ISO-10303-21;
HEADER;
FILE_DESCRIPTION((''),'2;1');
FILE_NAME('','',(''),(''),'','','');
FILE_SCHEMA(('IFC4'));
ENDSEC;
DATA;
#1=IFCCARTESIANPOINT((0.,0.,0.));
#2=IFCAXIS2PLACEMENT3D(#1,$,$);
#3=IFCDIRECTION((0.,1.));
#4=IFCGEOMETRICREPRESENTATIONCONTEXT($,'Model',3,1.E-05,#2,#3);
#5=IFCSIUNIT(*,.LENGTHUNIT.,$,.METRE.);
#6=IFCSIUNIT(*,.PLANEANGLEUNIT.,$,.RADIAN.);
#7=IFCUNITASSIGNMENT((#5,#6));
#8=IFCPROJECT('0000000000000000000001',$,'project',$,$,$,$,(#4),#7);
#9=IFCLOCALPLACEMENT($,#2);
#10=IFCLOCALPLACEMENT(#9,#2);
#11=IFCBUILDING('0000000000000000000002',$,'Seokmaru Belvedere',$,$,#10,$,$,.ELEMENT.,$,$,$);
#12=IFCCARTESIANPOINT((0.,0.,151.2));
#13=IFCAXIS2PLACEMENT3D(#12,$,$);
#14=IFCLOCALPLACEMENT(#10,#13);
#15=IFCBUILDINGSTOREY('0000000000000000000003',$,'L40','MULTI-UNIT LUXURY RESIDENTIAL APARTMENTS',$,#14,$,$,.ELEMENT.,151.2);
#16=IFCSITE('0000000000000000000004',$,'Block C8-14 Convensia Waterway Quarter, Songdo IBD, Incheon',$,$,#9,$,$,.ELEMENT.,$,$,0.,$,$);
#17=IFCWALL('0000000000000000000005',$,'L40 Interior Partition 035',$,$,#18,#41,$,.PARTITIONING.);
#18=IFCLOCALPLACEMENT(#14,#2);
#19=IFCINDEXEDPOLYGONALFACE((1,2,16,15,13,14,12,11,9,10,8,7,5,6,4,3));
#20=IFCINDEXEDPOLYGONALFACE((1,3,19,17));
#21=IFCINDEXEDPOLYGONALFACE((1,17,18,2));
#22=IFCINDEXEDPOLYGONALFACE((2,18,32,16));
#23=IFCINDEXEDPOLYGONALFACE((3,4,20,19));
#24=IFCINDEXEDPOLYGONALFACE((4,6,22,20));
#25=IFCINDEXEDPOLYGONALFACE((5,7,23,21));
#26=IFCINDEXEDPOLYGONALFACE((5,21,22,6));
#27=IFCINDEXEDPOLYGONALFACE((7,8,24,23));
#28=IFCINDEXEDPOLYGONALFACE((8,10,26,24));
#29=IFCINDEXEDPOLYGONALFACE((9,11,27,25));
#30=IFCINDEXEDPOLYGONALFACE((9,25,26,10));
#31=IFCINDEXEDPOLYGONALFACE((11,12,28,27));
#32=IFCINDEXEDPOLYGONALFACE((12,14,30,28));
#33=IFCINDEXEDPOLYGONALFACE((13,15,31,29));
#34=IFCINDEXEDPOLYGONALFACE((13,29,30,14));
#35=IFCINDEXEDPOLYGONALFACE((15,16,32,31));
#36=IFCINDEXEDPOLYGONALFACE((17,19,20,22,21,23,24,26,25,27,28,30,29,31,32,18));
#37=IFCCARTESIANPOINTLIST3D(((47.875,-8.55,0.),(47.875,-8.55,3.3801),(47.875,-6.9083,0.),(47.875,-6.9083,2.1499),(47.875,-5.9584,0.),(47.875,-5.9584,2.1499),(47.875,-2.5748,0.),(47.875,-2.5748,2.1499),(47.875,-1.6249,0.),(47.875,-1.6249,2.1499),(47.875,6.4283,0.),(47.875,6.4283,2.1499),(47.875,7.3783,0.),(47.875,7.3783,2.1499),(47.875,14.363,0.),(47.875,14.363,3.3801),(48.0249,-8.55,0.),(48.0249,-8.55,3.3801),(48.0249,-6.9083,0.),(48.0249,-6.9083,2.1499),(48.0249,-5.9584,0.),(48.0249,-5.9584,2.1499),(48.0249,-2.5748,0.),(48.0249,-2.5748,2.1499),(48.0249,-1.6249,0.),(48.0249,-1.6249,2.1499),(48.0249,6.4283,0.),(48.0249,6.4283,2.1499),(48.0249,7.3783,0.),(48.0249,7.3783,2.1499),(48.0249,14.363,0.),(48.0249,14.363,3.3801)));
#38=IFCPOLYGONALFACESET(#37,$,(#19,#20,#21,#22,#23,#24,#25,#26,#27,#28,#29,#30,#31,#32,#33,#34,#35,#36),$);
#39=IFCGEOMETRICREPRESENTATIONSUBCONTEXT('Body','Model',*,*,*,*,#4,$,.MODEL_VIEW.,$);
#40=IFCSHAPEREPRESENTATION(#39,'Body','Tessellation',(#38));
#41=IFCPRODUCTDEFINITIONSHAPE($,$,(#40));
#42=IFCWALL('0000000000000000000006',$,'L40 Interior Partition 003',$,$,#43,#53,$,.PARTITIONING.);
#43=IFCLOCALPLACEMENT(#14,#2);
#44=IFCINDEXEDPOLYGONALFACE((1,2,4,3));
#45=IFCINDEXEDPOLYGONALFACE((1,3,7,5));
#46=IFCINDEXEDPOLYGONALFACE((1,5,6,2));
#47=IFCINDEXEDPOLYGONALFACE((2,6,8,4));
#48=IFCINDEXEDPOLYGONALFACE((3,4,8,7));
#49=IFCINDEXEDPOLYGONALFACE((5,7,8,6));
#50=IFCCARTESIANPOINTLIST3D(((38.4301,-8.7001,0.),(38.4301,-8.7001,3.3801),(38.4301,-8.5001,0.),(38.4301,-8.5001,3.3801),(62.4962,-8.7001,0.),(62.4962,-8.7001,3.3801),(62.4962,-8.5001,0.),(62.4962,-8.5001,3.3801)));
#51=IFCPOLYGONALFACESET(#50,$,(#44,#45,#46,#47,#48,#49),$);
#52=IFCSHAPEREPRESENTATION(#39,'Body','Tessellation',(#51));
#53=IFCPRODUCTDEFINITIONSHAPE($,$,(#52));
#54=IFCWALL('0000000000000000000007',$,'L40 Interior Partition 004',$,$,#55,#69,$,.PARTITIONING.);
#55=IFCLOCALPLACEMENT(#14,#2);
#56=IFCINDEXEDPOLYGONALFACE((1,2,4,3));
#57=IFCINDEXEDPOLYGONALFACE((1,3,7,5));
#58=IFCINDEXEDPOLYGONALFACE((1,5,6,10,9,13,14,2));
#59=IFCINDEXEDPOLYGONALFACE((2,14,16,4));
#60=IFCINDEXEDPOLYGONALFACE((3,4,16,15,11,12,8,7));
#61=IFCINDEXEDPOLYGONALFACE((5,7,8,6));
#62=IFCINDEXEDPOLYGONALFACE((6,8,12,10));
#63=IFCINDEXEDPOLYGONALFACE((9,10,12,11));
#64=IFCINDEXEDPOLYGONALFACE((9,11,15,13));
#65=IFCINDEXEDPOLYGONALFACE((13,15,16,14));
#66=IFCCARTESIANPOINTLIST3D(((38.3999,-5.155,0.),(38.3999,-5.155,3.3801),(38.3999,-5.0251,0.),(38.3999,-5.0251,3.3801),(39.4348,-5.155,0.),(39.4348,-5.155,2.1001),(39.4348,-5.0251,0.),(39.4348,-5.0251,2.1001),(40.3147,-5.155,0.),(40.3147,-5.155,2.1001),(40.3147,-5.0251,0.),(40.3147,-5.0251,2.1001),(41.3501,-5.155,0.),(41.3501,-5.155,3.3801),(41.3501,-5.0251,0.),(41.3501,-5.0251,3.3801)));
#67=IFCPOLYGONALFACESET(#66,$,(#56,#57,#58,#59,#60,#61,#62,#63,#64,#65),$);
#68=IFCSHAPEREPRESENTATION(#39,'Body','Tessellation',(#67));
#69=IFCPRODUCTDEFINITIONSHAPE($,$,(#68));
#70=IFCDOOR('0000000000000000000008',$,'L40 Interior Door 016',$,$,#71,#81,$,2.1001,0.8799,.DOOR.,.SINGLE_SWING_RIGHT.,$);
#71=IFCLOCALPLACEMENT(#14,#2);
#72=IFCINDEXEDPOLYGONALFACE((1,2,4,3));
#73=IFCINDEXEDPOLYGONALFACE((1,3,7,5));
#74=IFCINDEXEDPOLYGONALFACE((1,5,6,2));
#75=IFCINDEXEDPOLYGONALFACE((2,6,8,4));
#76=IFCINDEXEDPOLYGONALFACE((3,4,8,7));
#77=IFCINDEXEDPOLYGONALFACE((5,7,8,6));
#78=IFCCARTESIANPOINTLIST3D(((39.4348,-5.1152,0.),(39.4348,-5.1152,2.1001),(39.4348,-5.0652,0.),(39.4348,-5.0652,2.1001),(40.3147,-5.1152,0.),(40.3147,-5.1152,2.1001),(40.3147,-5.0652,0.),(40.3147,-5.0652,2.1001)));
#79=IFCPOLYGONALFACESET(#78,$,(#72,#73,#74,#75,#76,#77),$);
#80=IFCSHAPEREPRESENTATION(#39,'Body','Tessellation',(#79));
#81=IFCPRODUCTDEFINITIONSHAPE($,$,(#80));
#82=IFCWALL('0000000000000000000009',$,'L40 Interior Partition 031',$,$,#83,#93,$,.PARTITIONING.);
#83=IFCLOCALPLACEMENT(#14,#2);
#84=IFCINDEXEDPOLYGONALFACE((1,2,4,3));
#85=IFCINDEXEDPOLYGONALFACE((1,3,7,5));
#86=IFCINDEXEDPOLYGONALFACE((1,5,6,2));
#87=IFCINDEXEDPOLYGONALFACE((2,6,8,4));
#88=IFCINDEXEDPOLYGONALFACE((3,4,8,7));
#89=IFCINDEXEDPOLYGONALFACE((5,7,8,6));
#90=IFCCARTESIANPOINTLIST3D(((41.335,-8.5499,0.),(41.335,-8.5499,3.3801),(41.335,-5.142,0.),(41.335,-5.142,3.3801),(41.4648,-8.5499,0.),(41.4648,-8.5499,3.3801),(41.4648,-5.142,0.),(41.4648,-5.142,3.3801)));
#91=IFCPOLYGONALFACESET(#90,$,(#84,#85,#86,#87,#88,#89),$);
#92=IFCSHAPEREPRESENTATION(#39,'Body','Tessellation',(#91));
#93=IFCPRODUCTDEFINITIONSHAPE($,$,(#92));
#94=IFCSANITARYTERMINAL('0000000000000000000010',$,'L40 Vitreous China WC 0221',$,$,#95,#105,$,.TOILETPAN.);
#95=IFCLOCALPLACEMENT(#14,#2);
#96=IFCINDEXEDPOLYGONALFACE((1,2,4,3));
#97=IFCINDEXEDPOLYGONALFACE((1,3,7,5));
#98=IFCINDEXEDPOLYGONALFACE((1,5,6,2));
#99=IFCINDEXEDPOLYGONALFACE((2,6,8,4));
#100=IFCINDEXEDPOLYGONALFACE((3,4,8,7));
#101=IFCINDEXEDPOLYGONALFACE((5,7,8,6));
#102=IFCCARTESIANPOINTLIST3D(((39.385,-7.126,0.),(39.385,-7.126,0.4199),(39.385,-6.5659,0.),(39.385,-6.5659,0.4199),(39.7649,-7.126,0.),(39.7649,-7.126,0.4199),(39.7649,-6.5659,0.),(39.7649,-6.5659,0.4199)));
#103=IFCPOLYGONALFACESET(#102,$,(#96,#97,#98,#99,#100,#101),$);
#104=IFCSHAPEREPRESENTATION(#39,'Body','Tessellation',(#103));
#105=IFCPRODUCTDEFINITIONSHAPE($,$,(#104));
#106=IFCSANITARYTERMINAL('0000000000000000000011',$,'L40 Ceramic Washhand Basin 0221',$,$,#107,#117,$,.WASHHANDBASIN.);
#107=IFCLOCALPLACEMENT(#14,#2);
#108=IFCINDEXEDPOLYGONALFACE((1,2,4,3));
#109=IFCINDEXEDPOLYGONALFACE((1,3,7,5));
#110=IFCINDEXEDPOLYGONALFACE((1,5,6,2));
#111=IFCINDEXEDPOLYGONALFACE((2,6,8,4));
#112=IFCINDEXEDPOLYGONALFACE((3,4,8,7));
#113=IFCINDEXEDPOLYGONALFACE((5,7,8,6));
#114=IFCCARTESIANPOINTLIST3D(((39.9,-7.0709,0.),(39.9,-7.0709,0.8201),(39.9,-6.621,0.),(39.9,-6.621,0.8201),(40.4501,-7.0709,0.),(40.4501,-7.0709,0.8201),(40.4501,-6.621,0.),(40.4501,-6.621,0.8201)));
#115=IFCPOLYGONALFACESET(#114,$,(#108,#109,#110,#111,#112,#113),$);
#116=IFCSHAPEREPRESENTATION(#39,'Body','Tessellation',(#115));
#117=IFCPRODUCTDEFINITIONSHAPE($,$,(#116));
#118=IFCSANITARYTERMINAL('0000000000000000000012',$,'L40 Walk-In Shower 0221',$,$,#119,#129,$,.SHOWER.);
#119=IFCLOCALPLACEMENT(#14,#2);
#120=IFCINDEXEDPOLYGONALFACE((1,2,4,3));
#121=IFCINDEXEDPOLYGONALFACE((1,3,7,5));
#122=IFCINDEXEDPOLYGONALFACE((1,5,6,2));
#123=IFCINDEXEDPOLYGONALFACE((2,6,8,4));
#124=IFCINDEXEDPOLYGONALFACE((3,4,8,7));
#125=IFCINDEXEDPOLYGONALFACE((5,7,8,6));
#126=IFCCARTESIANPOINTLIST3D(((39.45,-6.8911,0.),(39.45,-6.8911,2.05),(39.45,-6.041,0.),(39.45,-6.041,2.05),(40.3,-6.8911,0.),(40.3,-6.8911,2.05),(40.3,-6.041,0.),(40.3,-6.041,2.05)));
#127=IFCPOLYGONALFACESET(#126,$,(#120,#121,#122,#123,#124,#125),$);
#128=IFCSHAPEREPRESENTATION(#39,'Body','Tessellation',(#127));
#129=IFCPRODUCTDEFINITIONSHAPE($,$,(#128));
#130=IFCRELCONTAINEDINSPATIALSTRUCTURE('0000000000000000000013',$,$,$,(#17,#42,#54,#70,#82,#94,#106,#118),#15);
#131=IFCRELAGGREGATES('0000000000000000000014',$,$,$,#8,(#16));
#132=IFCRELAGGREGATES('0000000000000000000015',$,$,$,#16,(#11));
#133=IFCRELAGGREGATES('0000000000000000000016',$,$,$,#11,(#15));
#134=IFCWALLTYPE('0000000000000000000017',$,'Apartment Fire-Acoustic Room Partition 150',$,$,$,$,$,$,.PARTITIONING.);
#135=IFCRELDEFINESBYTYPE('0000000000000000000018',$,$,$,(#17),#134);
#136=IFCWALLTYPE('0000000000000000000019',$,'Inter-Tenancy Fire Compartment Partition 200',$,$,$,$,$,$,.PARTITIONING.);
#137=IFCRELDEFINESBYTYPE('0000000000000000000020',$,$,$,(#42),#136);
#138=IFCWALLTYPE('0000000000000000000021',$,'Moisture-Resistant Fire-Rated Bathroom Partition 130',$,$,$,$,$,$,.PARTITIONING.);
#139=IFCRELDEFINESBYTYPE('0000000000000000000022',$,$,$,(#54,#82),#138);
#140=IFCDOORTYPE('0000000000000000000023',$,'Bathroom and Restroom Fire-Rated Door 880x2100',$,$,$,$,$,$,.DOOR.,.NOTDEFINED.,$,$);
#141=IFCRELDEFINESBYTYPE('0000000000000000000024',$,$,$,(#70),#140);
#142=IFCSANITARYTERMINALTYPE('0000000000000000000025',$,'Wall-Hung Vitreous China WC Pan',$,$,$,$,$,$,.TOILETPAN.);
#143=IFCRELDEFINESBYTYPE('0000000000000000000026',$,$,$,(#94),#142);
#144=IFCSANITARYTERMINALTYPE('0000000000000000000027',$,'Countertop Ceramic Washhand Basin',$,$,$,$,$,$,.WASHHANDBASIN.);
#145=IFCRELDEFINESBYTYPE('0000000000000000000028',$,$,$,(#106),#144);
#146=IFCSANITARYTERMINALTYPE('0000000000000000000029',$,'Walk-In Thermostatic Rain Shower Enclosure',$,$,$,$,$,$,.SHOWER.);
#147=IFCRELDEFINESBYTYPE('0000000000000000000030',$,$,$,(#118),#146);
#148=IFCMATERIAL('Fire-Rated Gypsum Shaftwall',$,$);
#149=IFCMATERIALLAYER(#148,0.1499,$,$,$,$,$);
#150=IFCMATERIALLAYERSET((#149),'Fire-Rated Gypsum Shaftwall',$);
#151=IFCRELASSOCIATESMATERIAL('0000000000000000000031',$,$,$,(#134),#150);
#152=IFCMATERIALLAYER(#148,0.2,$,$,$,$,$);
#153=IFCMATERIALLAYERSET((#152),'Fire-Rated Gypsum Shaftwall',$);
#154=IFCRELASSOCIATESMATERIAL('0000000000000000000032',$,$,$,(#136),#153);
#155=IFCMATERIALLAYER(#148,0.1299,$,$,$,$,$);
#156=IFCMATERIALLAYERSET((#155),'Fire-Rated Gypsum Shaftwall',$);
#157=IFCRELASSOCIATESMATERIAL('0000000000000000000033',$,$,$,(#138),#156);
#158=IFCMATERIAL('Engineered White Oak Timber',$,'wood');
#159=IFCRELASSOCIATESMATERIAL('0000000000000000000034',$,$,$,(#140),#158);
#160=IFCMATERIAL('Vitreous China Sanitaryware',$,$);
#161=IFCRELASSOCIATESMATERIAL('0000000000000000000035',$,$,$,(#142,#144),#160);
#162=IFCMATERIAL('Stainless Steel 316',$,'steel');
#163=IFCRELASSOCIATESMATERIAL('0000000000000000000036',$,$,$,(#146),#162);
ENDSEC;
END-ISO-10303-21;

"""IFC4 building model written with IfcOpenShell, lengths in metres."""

from ifc_helpers import new_model, si_unit, direction, frame, frame_2d, origin, origin_2d, place, context, subcontext, project, spatial, rectangle, extrude, source, transform, mapped, material, layer, layer_set, type_object, type_shapes, element, fill, save


model = new_model("IFC4")

# Units and contexts
model_context = context("Model", 3, precision=1e-05, world=origin(), true_north=direction((0.0, 1.0)))
body_context = subcontext(model_context, "Body", "Model", "MODEL_VIEW")
ifc_project = project(units=[si_unit("LENGTHUNIT", "METRE"), si_unit("PLANEANGLEUNIT", "RADIAN")], contexts=[model_context])

# Site, building, storey
site_placement = place(None, origin())
site = spatial("IfcSite", under=ifc_project, at=site_placement, Name="Block C8-14 Convensia Waterway Quarter, Songdo IBD, Incheon", CompositionType="ELEMENT", RefElevation=0.0)
building_placement = place(site_placement, origin())
building = spatial("IfcBuilding", under=site, at=building_placement, Name="Seokmaru Belvedere", CompositionType="ELEMENT")
storey_placement = place(building_placement, frame((0.0, 0.0, 151.2)))
storey = spatial("IfcBuildingStorey", under=building, at=storey_placement, Name="L40", Description="MULTI-UNIT LUXURY RESIDENTIAL APARTMENTS", CompositionType="ELEMENT", Elevation=151.2)

# Shared definitions
ifc_material_1 = material(Name="Fire-Rated Gypsum Shaftwall")
ifc_layer_1 = layer(ifc_material_1, 0.1499)
ifc_layer_set_1 = layer_set([ifc_layer_1], Name="Fire-Rated Gypsum Shaftwall")
wall_type_1 = type_object("IfcWallType", Name="Apartment Fire-Acoustic Room Partition 150", PredefinedType="PARTITIONING", material=ifc_layer_set_1)
ifc_material_2 = material(Name="Engineered White Oak Timber", Category="wood")

# Wall, openings
wall_1_placement = place(storey_placement, frame((47.95, -8.55, 0.0), z_axis=(0.0, 0.0, 1.0), x_axis=(0.0, 1.0, 0.0)))
wall_1 = element("IfcWall", 1, at=wall_1_placement, inside=storey, type_object=wall_type_1, Name="L40 Interior Partition 035", PredefinedType="PARTITIONING", context=body_context, shape_type="SweptSolid", body=[
    extrude(rectangle(XDim=22.9131, YDim=0.1499, at=frame_2d((11.4565, 0.0))), origin(), (0.0, 0.0, 1.0), 3.3801),
])
opening_1_placement = place(wall_1_placement, frame((5.9751, 0.0, 0.0)))
element("IfcOpeningElement", 2, at=opening_1_placement, cuts=wall_1, PredefinedType="OPENING", context=body_context, shape_type="SweptSolid", body=[
    extrude(rectangle(XDim=0.95, YDim=2.1499, at=frame_2d((0.4751, 1.075))), frame((0.0, 0.085, 0.0), z_axis=(0.0, -1.0, 0.0), x_axis=(1.0, 0.0, 0.0)), (0.0, 0.0, 1.0), 0.1699),
])
opening_2_placement = place(wall_1_placement, frame((1.6416, 0.0, 0.0)))
element("IfcOpeningElement", 3, at=opening_2_placement, cuts=wall_1, PredefinedType="OPENING", context=body_context, shape_type="SweptSolid", body=[
    extrude(rectangle(XDim=0.95, YDim=2.1499, at=frame_2d((0.4751, 1.075))), frame((0.0, 0.085, 0.0), z_axis=(0.0, -1.0, 0.0), x_axis=(1.0, 0.0, 0.0)), (0.0, 0.0, 1.0), 0.1699),
])
opening_3_placement = place(wall_1_placement, frame((14.9783, 0.0, 0.0)))
element("IfcOpeningElement", 4, at=opening_3_placement, cuts=wall_1, PredefinedType="OPENING", context=body_context, shape_type="SweptSolid", body=[
    extrude(rectangle(XDim=0.95, YDim=2.1499, at=frame_2d((0.4751, 1.075))), frame((0.0, 0.085, 0.0), z_axis=(0.0, -1.0, 0.0), x_axis=(1.0, 0.0, 0.0)), (0.0, 0.0, 1.0), 0.1699),
])

# Wall
ifc_layer_2 = layer(ifc_material_1, 0.2)
ifc_layer_set_2 = layer_set([ifc_layer_2], Name="Fire-Rated Gypsum Shaftwall")
wall_type_2 = type_object("IfcWallType", Name="Inter-Tenancy Fire Compartment Partition 200", PredefinedType="PARTITIONING", material=ifc_layer_set_2)
wall_2_placement = place(storey_placement, frame((38.4299, -8.6001, 0.0), z_axis=(0.0, 0.0, 1.0), x_axis=(1.0, 0.0, 0.0)))
element("IfcWall", 5, at=wall_2_placement, inside=storey, type_object=wall_type_2, Name="L40 Interior Partition 003", PredefinedType="PARTITIONING", context=body_context, shape_type="SweptSolid", body=[
    extrude(rectangle(XDim=24.0662, YDim=0.2, at=frame_2d((12.0332, 0.0))), origin(), (0.0, 0.0, 1.0), 3.3801),
])

# Wall, opening, door
ifc_layer_3 = layer(ifc_material_1, 0.1299)
ifc_layer_set_3 = layer_set([ifc_layer_3], Name="Fire-Rated Gypsum Shaftwall")
wall_type_3 = type_object("IfcWallType", Name="Moisture-Resistant Fire-Rated Bathroom Partition 130", PredefinedType="PARTITIONING", material=ifc_layer_set_3)
wall_3_placement = place(storey_placement, frame((38.3999, -5.0901, 0.0), z_axis=(0.0, 0.0, 1.0), x_axis=(1.0, 0.0, 0.0)))
wall_3 = element("IfcWall", 6, at=wall_3_placement, inside=storey, type_object=wall_type_3, Name="L40 Interior Partition 004", PredefinedType="PARTITIONING", context=body_context, shape_type="SweptSolid", body=[
    extrude(rectangle(XDim=2.9502, YDim=0.1299, at=frame_2d((1.4751, 0.0))), origin(), (0.0, 0.0, 1.0), 3.3801),
])
opening_4_placement = place(wall_3_placement, frame((1.0349, 0.0, 0.0)))
opening_4 = element("IfcOpeningElement", 7, at=opening_4_placement, cuts=wall_3, PredefinedType="OPENING", context=body_context, shape_type="SweptSolid", body=[
    extrude(rectangle(XDim=0.8799, YDim=2.1001, at=frame_2d((0.4399, 1.05))), frame((0.0, 0.075, 0.0), z_axis=(0.0, -1.0, 0.0), x_axis=(1.0, 0.0, 0.0)), (0.0, 0.0, 1.0), 0.1499),
])
door_type_1 = type_object("IfcDoorType", Name="Bathroom and Restroom Fire-Rated Door 880x2100", OperationType="NOTDEFINED", PredefinedType="DOOR", material=ifc_material_2)
shared_shape_1 = source(origin(), body_context, "Body", "SweptSolid", [
    extrude(rectangle(XDim=0.8799, YDim=2.1001, at=frame_2d((0.4399, 1.05))), frame((0.0, 0.0249, 0.0), z_axis=(0.0, -1.0, 0.0), x_axis=(1.0, 0.0, 0.0)), (0.0, 0.0, 1.0), 0.05),
])
type_shapes(door_type_1, [shared_shape_1])
door_1_placement = place(opening_4_placement, origin())
door_1 = element("IfcDoor", 8, at=door_1_placement, inside=storey, type_object=door_type_1, Name="L40 Interior Door 016", OperationType="SINGLE_SWING_RIGHT", OverallHeight=2.1001, OverallWidth=0.8799, PredefinedType="DOOR", context=body_context, shape_type="MappedRepresentation", body=[
    mapped(shared_shape_1, transform((0.0, 0.0, 0.0), scale=1.0)),
])
fill(opening_4, door_1)

# Wall
wall_4_placement = place(storey_placement, frame((41.3999, -8.55, 0.0), z_axis=(0.0, 0.0, 1.0), x_axis=(0.0, 1.0, 0.0)))
element("IfcWall", 9, at=wall_4_placement, inside=storey, type_object=wall_type_3, Name="L40 Interior Partition 031", PredefinedType="PARTITIONING", context=body_context, shape_type="SweptSolid", body=[
    extrude(rectangle(XDim=3.408, YDim=0.1299, at=frame_2d((1.7041, 0.0))), origin(), (0.0, 0.0, 1.0), 3.3801),
])

# Sanitary terminals
ifc_material_3 = material(Name="Vitreous China Sanitaryware")
sanitary_terminal_type_1 = type_object("IfcSanitaryTerminalType", Name="Wall-Hung Vitreous China WC Pan", PredefinedType="TOILETPAN", material=ifc_material_3)
shared_shape_2 = source(origin(), body_context, "Body", "SweptSolid", [
    extrude(rectangle(XDim=0.3799, YDim=0.5601, at=origin_2d()), origin(), (0.0, 0.0, 1.0), 0.4199),
])
type_shapes(sanitary_terminal_type_1, [shared_shape_2])
sanitary_terminal_1_placement = place(storey_placement, frame((39.575, -6.8459, 0.0), z_axis=(0.0, 0.0, 1.0), x_axis=(1.0, 0.0, 0.0)))
element("IfcSanitaryTerminal", 10, at=sanitary_terminal_1_placement, inside=storey, type_object=sanitary_terminal_type_1, Name="L40 Vitreous China WC 0221", PredefinedType="TOILETPAN", context=body_context, shape_type="MappedRepresentation", body=[
    mapped(shared_shape_2, transform((0.0, 0.0, 0.0), scale=1.0)),
])
sanitary_terminal_type_2 = type_object("IfcSanitaryTerminalType", Name="Countertop Ceramic Washhand Basin", PredefinedType="WASHHANDBASIN", material=ifc_material_3)
shared_shape_3 = source(origin(), body_context, "Body", "SweptSolid", [
    extrude(rectangle(XDim=0.55, YDim=0.45, at=origin_2d()), origin(), (0.0, 0.0, 1.0), 0.8201),
])
type_shapes(sanitary_terminal_type_2, [shared_shape_3])
sanitary_terminal_2_placement = place(storey_placement, frame((40.175, -6.8459, 0.0), z_axis=(0.0, 0.0, 1.0), x_axis=(1.0, 0.0, 0.0)))
element("IfcSanitaryTerminal", 11, at=sanitary_terminal_2_placement, inside=storey, type_object=sanitary_terminal_type_2, Name="L40 Ceramic Washhand Basin 0221", PredefinedType="WASHHANDBASIN", context=body_context, shape_type="MappedRepresentation", body=[
    mapped(shared_shape_3, transform((0.0, 0.0, 0.0), scale=1.0)),
])
ifc_material_4 = material(Name="Stainless Steel 316", Category="steel")
sanitary_terminal_type_3 = type_object("IfcSanitaryTerminalType", Name="Walk-In Thermostatic Rain Shower Enclosure", PredefinedType="SHOWER", material=ifc_material_4)
shared_shape_4 = source(origin(), body_context, "Body", "SweptSolid", [
    extrude(rectangle(XDim=0.8501, YDim=0.8501, at=origin_2d()), origin(), (0.0, 0.0, 1.0), 2.05),
])
type_shapes(sanitary_terminal_type_3, [shared_shape_4])
sanitary_terminal_3_placement = place(storey_placement, frame((39.875, -6.4661, 0.0), z_axis=(0.0, 0.0, 1.0), x_axis=(1.0, 0.0, 0.0)))
element("IfcSanitaryTerminal", 12, at=sanitary_terminal_3_placement, inside=storey, type_object=sanitary_terminal_type_3, Name="L40 Walk-In Shower 0221", PredefinedType="SHOWER", context=body_context, shape_type="MappedRepresentation", body=[
    mapped(shared_shape_4, transform((0.0, 0.0, 0.0), scale=1.0)),
])

save(model, "model.ifc")
